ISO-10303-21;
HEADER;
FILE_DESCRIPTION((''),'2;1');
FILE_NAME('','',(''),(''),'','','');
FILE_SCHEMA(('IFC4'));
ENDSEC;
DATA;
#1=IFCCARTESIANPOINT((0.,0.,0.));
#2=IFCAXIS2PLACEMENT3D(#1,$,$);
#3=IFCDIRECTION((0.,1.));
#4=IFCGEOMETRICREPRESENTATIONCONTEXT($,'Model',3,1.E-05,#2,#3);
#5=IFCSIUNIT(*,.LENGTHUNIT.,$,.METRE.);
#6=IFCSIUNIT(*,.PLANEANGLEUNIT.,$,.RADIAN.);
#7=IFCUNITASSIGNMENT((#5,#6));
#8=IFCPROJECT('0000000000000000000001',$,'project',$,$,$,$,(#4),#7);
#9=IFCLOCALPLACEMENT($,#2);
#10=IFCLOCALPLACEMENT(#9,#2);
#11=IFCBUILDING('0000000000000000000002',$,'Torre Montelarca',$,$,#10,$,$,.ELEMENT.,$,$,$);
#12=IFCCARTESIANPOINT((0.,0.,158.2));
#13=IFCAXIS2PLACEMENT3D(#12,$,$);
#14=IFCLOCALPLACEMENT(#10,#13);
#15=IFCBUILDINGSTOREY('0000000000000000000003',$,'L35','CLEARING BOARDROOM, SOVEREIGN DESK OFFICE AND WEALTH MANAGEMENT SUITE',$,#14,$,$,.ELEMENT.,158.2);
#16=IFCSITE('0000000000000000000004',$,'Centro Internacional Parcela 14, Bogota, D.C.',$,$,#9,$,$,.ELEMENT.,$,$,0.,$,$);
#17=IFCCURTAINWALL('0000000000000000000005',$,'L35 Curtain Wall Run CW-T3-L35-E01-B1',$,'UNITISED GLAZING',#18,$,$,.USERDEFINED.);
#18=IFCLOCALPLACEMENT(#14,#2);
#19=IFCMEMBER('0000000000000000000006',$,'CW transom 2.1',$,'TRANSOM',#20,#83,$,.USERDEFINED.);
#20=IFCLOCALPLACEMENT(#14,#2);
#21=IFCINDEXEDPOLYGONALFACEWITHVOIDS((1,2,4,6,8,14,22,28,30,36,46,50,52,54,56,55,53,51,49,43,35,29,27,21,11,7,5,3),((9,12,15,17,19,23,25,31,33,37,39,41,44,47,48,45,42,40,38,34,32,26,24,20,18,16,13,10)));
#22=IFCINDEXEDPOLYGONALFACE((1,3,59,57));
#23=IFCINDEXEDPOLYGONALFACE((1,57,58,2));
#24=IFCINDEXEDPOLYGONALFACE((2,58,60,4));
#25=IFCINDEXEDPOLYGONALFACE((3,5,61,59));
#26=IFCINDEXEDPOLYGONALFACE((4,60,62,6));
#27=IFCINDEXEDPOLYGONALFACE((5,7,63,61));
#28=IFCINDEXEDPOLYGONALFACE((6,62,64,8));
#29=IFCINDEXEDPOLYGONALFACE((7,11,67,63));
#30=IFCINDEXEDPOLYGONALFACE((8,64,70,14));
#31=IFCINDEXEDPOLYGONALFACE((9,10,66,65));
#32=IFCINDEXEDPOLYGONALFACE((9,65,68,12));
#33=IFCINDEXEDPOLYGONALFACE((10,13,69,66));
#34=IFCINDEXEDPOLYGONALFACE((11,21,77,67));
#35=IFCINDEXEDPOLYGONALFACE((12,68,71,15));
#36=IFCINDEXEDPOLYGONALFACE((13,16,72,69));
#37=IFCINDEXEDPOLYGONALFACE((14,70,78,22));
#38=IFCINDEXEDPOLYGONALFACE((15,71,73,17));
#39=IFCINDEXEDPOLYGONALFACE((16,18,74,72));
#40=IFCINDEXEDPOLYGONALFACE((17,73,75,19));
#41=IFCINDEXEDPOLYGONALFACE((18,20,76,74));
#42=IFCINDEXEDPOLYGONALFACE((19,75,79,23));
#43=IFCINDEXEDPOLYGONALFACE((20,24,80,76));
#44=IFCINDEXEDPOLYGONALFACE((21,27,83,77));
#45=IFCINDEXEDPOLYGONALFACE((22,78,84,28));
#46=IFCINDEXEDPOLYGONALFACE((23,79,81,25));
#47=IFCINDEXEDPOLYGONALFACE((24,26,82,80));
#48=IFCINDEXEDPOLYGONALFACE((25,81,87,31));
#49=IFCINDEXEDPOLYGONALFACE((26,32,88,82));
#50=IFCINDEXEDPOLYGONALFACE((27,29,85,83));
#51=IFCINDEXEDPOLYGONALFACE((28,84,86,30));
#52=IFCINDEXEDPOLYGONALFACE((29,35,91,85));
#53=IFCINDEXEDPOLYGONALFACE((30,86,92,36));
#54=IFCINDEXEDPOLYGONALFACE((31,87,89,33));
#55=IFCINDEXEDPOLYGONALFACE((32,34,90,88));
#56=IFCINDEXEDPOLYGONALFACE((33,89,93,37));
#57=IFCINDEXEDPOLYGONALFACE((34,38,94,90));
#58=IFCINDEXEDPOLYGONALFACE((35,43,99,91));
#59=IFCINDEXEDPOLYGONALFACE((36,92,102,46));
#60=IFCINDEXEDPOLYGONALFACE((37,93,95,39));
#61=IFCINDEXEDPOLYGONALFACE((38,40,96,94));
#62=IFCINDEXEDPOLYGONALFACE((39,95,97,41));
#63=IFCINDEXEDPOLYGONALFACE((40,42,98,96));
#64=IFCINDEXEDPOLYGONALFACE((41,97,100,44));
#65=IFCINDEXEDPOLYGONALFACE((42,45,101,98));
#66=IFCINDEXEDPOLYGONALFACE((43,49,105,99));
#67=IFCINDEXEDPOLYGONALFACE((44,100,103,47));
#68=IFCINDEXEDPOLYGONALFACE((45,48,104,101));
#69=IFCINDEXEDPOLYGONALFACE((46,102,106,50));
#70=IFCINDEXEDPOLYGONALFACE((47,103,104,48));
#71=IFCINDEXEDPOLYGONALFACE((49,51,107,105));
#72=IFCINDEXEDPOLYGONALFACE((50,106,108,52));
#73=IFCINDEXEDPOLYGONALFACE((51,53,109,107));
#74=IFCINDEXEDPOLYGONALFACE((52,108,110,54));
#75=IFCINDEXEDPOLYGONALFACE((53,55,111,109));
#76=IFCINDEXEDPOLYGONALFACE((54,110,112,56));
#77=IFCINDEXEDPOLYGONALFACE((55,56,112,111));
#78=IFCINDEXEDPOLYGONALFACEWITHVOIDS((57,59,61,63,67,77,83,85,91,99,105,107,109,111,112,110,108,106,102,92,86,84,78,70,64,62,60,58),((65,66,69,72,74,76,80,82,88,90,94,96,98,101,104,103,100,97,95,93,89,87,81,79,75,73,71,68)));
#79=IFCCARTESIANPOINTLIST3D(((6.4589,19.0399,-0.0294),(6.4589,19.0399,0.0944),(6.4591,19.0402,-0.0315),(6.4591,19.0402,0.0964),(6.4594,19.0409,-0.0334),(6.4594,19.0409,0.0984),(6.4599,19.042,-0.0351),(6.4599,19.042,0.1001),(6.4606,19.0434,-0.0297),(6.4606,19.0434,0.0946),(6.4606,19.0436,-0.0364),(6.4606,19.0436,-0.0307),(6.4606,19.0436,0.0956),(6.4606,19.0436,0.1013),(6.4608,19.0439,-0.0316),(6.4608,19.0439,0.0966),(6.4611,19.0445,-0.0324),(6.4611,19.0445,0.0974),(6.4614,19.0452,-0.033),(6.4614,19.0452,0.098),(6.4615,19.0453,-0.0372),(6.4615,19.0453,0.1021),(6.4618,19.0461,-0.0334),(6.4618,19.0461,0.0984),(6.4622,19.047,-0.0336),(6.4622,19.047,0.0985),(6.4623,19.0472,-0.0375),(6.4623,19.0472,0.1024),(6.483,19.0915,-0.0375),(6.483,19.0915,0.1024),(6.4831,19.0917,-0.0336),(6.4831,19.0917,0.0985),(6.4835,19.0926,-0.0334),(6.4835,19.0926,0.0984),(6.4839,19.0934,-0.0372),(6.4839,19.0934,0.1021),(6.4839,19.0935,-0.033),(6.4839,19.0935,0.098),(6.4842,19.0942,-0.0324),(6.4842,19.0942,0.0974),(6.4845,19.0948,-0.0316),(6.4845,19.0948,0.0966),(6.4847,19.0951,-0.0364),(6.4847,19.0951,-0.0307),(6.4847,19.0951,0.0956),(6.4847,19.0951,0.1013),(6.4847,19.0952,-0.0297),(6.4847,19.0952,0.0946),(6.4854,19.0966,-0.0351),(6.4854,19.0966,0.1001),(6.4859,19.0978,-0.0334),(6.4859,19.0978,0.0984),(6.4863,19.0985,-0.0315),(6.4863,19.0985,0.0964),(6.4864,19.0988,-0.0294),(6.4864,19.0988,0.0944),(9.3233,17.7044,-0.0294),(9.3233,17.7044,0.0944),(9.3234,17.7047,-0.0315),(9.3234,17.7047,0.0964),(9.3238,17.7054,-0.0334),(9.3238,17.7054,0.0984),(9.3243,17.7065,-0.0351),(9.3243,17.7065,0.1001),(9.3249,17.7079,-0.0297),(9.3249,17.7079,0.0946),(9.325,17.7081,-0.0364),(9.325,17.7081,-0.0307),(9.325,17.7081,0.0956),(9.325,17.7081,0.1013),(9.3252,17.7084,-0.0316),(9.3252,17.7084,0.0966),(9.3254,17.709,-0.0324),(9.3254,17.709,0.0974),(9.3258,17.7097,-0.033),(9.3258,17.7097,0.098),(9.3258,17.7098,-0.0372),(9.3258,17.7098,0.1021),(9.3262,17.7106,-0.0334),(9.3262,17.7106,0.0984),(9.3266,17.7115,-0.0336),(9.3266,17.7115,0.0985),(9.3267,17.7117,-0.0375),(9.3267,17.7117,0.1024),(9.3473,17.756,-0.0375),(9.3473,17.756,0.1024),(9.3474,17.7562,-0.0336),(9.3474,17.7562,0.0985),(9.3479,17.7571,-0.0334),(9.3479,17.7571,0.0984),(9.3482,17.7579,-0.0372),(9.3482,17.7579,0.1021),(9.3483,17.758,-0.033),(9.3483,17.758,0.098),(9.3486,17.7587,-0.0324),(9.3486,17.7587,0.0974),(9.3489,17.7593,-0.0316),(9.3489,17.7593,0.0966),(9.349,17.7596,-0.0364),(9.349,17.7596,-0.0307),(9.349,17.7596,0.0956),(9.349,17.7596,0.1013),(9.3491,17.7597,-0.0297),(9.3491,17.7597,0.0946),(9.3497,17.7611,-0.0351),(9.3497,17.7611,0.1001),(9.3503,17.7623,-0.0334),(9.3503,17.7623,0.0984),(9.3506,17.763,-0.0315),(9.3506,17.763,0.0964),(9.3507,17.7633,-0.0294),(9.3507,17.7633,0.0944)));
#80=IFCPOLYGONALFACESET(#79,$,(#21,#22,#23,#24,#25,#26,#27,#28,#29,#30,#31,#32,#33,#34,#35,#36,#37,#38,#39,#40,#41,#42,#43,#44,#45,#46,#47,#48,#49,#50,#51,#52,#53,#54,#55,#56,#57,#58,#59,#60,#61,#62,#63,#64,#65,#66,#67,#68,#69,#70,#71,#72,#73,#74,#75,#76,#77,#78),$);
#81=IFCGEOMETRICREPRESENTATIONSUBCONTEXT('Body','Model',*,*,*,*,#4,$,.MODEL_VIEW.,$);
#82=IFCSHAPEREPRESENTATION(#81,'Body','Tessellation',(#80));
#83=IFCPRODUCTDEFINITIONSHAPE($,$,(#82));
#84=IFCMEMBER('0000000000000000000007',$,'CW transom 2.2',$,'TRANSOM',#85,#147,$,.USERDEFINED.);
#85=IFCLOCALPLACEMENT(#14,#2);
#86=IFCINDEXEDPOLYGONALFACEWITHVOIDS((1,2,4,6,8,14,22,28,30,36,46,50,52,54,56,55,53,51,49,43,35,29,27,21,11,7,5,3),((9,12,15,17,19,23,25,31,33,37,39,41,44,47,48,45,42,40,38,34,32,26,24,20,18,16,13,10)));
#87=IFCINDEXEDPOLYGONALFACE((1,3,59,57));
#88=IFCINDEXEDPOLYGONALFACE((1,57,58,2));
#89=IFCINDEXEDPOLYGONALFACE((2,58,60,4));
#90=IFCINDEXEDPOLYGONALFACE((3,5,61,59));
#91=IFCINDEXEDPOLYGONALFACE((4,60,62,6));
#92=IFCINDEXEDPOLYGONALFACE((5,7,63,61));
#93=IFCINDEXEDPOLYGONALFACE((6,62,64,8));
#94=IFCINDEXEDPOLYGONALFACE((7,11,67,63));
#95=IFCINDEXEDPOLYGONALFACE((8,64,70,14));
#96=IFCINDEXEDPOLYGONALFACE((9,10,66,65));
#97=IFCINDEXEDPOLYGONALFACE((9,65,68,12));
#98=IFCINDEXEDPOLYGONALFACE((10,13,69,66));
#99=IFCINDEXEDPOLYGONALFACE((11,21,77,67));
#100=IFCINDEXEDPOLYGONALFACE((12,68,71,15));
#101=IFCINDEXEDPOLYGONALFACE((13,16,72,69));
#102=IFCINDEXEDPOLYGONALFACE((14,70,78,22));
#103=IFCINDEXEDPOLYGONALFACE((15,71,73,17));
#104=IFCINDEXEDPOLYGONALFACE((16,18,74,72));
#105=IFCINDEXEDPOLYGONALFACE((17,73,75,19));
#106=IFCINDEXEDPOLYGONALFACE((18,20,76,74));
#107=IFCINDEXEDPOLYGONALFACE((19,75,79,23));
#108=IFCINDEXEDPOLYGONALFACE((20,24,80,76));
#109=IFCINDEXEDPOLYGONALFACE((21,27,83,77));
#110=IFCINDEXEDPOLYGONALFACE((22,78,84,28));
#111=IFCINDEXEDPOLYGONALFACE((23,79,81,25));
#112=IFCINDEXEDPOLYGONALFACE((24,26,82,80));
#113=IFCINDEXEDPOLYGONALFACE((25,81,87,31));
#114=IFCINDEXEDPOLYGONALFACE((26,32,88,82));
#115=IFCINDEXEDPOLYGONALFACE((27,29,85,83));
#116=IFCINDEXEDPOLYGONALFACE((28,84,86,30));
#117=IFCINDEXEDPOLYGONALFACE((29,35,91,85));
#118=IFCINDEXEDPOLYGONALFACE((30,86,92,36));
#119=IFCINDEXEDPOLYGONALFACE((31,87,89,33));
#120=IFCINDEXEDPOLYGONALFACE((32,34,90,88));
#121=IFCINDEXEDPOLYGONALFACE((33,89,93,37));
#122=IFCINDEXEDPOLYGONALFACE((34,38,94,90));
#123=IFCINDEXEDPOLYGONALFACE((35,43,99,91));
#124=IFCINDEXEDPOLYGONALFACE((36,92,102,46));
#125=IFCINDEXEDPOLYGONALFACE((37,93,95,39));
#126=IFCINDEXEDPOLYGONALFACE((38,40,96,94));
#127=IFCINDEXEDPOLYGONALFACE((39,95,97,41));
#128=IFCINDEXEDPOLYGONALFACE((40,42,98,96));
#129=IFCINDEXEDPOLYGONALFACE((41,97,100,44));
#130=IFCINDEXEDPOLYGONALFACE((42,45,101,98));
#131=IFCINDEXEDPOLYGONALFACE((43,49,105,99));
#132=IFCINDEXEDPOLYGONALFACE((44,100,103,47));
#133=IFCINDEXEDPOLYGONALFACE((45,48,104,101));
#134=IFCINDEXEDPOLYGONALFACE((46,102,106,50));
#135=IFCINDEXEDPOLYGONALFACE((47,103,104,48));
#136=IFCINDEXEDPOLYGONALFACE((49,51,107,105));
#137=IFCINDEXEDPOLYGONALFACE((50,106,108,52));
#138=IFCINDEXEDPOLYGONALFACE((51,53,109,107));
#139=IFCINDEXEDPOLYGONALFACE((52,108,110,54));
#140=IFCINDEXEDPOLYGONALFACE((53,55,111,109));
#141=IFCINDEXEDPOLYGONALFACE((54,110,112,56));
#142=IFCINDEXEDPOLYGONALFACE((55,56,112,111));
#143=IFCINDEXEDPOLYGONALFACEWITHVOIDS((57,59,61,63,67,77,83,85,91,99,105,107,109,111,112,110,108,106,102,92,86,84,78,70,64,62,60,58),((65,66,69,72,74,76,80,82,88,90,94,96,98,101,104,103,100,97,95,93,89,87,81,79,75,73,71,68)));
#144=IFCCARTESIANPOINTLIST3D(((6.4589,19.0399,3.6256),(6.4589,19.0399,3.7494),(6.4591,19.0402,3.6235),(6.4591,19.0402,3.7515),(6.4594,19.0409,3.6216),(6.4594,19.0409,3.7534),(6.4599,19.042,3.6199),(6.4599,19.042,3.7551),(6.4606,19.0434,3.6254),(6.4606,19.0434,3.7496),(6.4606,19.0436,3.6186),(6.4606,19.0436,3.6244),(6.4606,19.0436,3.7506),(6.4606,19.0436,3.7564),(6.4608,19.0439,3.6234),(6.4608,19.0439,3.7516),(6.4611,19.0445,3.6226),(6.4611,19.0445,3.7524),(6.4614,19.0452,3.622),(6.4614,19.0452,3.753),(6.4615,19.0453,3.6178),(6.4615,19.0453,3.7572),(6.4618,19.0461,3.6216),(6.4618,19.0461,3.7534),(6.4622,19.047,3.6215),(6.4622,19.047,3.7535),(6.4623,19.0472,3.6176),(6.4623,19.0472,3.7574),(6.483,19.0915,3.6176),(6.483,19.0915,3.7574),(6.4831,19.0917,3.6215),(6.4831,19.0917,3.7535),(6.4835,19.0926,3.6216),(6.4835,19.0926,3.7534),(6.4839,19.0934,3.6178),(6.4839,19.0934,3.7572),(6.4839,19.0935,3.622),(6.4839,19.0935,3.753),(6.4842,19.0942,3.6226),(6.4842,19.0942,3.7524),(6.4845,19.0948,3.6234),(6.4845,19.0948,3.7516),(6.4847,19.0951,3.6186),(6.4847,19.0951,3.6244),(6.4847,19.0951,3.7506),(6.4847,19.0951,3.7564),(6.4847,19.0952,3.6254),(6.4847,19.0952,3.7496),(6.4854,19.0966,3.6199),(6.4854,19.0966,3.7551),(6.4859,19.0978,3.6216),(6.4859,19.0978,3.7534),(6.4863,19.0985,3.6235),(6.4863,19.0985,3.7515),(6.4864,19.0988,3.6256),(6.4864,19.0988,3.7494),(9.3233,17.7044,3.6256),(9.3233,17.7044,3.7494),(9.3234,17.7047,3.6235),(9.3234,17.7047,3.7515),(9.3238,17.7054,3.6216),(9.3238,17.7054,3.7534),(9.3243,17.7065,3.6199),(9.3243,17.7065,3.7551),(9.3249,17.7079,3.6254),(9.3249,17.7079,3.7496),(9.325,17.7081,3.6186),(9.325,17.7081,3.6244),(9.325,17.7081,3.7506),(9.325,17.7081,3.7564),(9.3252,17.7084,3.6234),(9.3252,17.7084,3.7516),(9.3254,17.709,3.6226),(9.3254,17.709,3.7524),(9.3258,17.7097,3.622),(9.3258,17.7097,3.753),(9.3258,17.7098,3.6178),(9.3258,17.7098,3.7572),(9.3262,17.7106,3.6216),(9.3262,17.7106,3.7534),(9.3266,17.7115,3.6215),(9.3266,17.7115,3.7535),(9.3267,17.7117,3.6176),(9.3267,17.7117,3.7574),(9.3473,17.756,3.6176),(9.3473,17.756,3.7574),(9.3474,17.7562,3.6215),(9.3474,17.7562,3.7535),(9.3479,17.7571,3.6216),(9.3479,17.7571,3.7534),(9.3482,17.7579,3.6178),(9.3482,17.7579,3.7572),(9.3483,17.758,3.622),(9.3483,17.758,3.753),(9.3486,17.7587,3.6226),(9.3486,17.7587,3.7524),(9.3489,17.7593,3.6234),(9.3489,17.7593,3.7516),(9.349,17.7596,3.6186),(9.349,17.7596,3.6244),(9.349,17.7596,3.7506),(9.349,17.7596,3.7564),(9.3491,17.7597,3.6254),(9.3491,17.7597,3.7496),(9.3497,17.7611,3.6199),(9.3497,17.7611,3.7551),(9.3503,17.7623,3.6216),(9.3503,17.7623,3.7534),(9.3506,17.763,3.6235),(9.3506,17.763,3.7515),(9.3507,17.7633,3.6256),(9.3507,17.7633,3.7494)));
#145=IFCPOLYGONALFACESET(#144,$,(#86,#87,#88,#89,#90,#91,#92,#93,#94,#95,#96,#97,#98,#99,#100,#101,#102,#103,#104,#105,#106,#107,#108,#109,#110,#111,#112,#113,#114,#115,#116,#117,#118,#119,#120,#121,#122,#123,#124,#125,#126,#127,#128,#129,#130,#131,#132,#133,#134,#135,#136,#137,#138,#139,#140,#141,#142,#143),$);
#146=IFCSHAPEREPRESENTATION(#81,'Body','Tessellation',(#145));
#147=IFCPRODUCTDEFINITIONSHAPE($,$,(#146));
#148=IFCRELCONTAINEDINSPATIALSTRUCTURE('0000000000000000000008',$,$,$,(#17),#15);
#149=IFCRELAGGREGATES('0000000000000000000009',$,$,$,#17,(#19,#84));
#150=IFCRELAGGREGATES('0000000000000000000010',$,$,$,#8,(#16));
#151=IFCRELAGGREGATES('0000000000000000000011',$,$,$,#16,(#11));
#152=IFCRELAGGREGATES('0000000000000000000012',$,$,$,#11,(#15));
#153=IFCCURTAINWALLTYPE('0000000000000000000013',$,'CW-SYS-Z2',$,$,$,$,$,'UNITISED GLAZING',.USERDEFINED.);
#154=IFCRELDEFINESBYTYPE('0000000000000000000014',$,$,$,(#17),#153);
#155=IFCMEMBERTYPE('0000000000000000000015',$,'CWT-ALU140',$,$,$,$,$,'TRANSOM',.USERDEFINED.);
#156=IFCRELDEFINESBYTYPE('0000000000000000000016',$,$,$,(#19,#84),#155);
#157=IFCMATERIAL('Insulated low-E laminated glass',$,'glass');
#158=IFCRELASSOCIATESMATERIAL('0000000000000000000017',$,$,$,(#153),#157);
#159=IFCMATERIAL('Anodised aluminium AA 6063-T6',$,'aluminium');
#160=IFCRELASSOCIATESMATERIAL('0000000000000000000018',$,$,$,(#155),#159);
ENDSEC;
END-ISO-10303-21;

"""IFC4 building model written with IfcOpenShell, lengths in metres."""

from ifc_helpers import new_model, si_unit, direction, frame, origin, origin_2d, place, context, subcontext, project, spatial, hollow_rectangle, extrude, source, transform, mapped, material, material_profile, profile_set, type_object, element, aggregate, save


model = new_model("IFC4")

# Units and contexts
model_context = context("Model", 3, precision=1e-05, world=origin(), true_north=direction((0.0, 1.0)))
body_context = subcontext(model_context, "Body", "Model", "MODEL_VIEW")
ifc_project = project(units=[si_unit("LENGTHUNIT", "METRE"), si_unit("PLANEANGLEUNIT", "RADIAN")], contexts=[model_context])

# Site, building, storey
site_placement = place(None, origin())
site = spatial("IfcSite", under=ifc_project, at=site_placement, Name="Centro Internacional Parcela 14, Bogota, D.C.", CompositionType="ELEMENT", RefElevation=0.0)
building_placement = place(site_placement, origin())
building = spatial("IfcBuilding", under=site, at=building_placement, Name="Torre Montelarca", CompositionType="ELEMENT")
storey_placement = place(building_placement, frame((0.0, 0.0, 158.2)))
storey = spatial("IfcBuildingStorey", under=building, at=storey_placement, Name="L35", Description="CLEARING BOARDROOM, SOVEREIGN DESK OFFICE AND WEALTH MANAGEMENT SUITE", CompositionType="ELEMENT", Elevation=158.2)

# Curtain wall
ifc_material_1 = material(Name="Insulated low-E laminated glass", Category="glass")
curtain_wall_type = type_object("IfcCurtainWallType", Name="CW-SYS-Z2", ElementType="UNITISED GLAZING", PredefinedType="USERDEFINED", material=ifc_material_1)
curtain_wall_1_placement = place(storey_placement, origin())
curtain_wall_1 = element("IfcCurtainWall", 1, at=curtain_wall_1_placement, inside=storey, type_object=curtain_wall_type, Name="L35 Curtain Wall Run CW-T3-L35-E01-B1", ObjectType="UNITISED GLAZING", PredefinedType="USERDEFINED")
ifc_material_2 = material(Name="Anodised aluminium AA 6063-T6", Category="aluminium")

# Members
ifc_material_profile_1 = material_profile(ifc_material_2, hollow_rectangle(XDim=0.0649, YDim=0.1399, WallThickness=0.0039, InnerFilletRadius=0.0039, OuterFilletRadius=0.0081, at=origin_2d()), Name="ALU65X140X4", Category="aluminium")
ifc_profile_set_1 = profile_set([ifc_material_profile_1], Name="Anodised aluminium AA 6063-T6")
member_type_1 = type_object("IfcMemberType", Name="CWT-ALU140", ElementType="TRANSOM", PredefinedType="USERDEFINED", material=ifc_profile_set_1)
shared_shape_1 = source(origin(), body_context, "Body", "SweptSolid", [
    extrude(hollow_rectangle(XDim=0.0649, YDim=0.1399, WallThickness=0.0039, InnerFilletRadius=0.0039, OuterFilletRadius=0.0081, at=origin_2d()), origin(), (0.0, 0.0, 1.0), 3.1604),
])
member_1_placement = place(storey_placement, frame((6.4727, 19.0693, 0.0325), z_axis=(0.906329, -0.422572, 0.0), x_axis=(0.422572, 0.906329, 0.0)))
member_1 = element("IfcMember", 2, at=member_1_placement, type_object=member_type_1, Name="CW transom 2.1", ObjectType="TRANSOM", PredefinedType="USERDEFINED", context=body_context, shape_type="MappedRepresentation", body=[
    mapped(shared_shape_1, transform((0.0, 0.0, 0.0), scale=1.0)),
])
member_2_placement = place(storey_placement, frame((6.4727, 19.0693, 3.6875), z_axis=(0.906329, -0.422572, 0.0), x_axis=(0.422572, 0.906329, 0.0)))
member_2 = element("IfcMember", 3, at=member_2_placement, type_object=member_type_1, Name="CW transom 2.2", ObjectType="TRANSOM", PredefinedType="USERDEFINED", context=body_context, shape_type="MappedRepresentation", body=[
    mapped(shared_shape_1, transform((0.0, 0.0, 0.0), scale=1.0)),
])

aggregate(curtain_wall_1, [member_1, member_2])

save(model, "model.ifc")
